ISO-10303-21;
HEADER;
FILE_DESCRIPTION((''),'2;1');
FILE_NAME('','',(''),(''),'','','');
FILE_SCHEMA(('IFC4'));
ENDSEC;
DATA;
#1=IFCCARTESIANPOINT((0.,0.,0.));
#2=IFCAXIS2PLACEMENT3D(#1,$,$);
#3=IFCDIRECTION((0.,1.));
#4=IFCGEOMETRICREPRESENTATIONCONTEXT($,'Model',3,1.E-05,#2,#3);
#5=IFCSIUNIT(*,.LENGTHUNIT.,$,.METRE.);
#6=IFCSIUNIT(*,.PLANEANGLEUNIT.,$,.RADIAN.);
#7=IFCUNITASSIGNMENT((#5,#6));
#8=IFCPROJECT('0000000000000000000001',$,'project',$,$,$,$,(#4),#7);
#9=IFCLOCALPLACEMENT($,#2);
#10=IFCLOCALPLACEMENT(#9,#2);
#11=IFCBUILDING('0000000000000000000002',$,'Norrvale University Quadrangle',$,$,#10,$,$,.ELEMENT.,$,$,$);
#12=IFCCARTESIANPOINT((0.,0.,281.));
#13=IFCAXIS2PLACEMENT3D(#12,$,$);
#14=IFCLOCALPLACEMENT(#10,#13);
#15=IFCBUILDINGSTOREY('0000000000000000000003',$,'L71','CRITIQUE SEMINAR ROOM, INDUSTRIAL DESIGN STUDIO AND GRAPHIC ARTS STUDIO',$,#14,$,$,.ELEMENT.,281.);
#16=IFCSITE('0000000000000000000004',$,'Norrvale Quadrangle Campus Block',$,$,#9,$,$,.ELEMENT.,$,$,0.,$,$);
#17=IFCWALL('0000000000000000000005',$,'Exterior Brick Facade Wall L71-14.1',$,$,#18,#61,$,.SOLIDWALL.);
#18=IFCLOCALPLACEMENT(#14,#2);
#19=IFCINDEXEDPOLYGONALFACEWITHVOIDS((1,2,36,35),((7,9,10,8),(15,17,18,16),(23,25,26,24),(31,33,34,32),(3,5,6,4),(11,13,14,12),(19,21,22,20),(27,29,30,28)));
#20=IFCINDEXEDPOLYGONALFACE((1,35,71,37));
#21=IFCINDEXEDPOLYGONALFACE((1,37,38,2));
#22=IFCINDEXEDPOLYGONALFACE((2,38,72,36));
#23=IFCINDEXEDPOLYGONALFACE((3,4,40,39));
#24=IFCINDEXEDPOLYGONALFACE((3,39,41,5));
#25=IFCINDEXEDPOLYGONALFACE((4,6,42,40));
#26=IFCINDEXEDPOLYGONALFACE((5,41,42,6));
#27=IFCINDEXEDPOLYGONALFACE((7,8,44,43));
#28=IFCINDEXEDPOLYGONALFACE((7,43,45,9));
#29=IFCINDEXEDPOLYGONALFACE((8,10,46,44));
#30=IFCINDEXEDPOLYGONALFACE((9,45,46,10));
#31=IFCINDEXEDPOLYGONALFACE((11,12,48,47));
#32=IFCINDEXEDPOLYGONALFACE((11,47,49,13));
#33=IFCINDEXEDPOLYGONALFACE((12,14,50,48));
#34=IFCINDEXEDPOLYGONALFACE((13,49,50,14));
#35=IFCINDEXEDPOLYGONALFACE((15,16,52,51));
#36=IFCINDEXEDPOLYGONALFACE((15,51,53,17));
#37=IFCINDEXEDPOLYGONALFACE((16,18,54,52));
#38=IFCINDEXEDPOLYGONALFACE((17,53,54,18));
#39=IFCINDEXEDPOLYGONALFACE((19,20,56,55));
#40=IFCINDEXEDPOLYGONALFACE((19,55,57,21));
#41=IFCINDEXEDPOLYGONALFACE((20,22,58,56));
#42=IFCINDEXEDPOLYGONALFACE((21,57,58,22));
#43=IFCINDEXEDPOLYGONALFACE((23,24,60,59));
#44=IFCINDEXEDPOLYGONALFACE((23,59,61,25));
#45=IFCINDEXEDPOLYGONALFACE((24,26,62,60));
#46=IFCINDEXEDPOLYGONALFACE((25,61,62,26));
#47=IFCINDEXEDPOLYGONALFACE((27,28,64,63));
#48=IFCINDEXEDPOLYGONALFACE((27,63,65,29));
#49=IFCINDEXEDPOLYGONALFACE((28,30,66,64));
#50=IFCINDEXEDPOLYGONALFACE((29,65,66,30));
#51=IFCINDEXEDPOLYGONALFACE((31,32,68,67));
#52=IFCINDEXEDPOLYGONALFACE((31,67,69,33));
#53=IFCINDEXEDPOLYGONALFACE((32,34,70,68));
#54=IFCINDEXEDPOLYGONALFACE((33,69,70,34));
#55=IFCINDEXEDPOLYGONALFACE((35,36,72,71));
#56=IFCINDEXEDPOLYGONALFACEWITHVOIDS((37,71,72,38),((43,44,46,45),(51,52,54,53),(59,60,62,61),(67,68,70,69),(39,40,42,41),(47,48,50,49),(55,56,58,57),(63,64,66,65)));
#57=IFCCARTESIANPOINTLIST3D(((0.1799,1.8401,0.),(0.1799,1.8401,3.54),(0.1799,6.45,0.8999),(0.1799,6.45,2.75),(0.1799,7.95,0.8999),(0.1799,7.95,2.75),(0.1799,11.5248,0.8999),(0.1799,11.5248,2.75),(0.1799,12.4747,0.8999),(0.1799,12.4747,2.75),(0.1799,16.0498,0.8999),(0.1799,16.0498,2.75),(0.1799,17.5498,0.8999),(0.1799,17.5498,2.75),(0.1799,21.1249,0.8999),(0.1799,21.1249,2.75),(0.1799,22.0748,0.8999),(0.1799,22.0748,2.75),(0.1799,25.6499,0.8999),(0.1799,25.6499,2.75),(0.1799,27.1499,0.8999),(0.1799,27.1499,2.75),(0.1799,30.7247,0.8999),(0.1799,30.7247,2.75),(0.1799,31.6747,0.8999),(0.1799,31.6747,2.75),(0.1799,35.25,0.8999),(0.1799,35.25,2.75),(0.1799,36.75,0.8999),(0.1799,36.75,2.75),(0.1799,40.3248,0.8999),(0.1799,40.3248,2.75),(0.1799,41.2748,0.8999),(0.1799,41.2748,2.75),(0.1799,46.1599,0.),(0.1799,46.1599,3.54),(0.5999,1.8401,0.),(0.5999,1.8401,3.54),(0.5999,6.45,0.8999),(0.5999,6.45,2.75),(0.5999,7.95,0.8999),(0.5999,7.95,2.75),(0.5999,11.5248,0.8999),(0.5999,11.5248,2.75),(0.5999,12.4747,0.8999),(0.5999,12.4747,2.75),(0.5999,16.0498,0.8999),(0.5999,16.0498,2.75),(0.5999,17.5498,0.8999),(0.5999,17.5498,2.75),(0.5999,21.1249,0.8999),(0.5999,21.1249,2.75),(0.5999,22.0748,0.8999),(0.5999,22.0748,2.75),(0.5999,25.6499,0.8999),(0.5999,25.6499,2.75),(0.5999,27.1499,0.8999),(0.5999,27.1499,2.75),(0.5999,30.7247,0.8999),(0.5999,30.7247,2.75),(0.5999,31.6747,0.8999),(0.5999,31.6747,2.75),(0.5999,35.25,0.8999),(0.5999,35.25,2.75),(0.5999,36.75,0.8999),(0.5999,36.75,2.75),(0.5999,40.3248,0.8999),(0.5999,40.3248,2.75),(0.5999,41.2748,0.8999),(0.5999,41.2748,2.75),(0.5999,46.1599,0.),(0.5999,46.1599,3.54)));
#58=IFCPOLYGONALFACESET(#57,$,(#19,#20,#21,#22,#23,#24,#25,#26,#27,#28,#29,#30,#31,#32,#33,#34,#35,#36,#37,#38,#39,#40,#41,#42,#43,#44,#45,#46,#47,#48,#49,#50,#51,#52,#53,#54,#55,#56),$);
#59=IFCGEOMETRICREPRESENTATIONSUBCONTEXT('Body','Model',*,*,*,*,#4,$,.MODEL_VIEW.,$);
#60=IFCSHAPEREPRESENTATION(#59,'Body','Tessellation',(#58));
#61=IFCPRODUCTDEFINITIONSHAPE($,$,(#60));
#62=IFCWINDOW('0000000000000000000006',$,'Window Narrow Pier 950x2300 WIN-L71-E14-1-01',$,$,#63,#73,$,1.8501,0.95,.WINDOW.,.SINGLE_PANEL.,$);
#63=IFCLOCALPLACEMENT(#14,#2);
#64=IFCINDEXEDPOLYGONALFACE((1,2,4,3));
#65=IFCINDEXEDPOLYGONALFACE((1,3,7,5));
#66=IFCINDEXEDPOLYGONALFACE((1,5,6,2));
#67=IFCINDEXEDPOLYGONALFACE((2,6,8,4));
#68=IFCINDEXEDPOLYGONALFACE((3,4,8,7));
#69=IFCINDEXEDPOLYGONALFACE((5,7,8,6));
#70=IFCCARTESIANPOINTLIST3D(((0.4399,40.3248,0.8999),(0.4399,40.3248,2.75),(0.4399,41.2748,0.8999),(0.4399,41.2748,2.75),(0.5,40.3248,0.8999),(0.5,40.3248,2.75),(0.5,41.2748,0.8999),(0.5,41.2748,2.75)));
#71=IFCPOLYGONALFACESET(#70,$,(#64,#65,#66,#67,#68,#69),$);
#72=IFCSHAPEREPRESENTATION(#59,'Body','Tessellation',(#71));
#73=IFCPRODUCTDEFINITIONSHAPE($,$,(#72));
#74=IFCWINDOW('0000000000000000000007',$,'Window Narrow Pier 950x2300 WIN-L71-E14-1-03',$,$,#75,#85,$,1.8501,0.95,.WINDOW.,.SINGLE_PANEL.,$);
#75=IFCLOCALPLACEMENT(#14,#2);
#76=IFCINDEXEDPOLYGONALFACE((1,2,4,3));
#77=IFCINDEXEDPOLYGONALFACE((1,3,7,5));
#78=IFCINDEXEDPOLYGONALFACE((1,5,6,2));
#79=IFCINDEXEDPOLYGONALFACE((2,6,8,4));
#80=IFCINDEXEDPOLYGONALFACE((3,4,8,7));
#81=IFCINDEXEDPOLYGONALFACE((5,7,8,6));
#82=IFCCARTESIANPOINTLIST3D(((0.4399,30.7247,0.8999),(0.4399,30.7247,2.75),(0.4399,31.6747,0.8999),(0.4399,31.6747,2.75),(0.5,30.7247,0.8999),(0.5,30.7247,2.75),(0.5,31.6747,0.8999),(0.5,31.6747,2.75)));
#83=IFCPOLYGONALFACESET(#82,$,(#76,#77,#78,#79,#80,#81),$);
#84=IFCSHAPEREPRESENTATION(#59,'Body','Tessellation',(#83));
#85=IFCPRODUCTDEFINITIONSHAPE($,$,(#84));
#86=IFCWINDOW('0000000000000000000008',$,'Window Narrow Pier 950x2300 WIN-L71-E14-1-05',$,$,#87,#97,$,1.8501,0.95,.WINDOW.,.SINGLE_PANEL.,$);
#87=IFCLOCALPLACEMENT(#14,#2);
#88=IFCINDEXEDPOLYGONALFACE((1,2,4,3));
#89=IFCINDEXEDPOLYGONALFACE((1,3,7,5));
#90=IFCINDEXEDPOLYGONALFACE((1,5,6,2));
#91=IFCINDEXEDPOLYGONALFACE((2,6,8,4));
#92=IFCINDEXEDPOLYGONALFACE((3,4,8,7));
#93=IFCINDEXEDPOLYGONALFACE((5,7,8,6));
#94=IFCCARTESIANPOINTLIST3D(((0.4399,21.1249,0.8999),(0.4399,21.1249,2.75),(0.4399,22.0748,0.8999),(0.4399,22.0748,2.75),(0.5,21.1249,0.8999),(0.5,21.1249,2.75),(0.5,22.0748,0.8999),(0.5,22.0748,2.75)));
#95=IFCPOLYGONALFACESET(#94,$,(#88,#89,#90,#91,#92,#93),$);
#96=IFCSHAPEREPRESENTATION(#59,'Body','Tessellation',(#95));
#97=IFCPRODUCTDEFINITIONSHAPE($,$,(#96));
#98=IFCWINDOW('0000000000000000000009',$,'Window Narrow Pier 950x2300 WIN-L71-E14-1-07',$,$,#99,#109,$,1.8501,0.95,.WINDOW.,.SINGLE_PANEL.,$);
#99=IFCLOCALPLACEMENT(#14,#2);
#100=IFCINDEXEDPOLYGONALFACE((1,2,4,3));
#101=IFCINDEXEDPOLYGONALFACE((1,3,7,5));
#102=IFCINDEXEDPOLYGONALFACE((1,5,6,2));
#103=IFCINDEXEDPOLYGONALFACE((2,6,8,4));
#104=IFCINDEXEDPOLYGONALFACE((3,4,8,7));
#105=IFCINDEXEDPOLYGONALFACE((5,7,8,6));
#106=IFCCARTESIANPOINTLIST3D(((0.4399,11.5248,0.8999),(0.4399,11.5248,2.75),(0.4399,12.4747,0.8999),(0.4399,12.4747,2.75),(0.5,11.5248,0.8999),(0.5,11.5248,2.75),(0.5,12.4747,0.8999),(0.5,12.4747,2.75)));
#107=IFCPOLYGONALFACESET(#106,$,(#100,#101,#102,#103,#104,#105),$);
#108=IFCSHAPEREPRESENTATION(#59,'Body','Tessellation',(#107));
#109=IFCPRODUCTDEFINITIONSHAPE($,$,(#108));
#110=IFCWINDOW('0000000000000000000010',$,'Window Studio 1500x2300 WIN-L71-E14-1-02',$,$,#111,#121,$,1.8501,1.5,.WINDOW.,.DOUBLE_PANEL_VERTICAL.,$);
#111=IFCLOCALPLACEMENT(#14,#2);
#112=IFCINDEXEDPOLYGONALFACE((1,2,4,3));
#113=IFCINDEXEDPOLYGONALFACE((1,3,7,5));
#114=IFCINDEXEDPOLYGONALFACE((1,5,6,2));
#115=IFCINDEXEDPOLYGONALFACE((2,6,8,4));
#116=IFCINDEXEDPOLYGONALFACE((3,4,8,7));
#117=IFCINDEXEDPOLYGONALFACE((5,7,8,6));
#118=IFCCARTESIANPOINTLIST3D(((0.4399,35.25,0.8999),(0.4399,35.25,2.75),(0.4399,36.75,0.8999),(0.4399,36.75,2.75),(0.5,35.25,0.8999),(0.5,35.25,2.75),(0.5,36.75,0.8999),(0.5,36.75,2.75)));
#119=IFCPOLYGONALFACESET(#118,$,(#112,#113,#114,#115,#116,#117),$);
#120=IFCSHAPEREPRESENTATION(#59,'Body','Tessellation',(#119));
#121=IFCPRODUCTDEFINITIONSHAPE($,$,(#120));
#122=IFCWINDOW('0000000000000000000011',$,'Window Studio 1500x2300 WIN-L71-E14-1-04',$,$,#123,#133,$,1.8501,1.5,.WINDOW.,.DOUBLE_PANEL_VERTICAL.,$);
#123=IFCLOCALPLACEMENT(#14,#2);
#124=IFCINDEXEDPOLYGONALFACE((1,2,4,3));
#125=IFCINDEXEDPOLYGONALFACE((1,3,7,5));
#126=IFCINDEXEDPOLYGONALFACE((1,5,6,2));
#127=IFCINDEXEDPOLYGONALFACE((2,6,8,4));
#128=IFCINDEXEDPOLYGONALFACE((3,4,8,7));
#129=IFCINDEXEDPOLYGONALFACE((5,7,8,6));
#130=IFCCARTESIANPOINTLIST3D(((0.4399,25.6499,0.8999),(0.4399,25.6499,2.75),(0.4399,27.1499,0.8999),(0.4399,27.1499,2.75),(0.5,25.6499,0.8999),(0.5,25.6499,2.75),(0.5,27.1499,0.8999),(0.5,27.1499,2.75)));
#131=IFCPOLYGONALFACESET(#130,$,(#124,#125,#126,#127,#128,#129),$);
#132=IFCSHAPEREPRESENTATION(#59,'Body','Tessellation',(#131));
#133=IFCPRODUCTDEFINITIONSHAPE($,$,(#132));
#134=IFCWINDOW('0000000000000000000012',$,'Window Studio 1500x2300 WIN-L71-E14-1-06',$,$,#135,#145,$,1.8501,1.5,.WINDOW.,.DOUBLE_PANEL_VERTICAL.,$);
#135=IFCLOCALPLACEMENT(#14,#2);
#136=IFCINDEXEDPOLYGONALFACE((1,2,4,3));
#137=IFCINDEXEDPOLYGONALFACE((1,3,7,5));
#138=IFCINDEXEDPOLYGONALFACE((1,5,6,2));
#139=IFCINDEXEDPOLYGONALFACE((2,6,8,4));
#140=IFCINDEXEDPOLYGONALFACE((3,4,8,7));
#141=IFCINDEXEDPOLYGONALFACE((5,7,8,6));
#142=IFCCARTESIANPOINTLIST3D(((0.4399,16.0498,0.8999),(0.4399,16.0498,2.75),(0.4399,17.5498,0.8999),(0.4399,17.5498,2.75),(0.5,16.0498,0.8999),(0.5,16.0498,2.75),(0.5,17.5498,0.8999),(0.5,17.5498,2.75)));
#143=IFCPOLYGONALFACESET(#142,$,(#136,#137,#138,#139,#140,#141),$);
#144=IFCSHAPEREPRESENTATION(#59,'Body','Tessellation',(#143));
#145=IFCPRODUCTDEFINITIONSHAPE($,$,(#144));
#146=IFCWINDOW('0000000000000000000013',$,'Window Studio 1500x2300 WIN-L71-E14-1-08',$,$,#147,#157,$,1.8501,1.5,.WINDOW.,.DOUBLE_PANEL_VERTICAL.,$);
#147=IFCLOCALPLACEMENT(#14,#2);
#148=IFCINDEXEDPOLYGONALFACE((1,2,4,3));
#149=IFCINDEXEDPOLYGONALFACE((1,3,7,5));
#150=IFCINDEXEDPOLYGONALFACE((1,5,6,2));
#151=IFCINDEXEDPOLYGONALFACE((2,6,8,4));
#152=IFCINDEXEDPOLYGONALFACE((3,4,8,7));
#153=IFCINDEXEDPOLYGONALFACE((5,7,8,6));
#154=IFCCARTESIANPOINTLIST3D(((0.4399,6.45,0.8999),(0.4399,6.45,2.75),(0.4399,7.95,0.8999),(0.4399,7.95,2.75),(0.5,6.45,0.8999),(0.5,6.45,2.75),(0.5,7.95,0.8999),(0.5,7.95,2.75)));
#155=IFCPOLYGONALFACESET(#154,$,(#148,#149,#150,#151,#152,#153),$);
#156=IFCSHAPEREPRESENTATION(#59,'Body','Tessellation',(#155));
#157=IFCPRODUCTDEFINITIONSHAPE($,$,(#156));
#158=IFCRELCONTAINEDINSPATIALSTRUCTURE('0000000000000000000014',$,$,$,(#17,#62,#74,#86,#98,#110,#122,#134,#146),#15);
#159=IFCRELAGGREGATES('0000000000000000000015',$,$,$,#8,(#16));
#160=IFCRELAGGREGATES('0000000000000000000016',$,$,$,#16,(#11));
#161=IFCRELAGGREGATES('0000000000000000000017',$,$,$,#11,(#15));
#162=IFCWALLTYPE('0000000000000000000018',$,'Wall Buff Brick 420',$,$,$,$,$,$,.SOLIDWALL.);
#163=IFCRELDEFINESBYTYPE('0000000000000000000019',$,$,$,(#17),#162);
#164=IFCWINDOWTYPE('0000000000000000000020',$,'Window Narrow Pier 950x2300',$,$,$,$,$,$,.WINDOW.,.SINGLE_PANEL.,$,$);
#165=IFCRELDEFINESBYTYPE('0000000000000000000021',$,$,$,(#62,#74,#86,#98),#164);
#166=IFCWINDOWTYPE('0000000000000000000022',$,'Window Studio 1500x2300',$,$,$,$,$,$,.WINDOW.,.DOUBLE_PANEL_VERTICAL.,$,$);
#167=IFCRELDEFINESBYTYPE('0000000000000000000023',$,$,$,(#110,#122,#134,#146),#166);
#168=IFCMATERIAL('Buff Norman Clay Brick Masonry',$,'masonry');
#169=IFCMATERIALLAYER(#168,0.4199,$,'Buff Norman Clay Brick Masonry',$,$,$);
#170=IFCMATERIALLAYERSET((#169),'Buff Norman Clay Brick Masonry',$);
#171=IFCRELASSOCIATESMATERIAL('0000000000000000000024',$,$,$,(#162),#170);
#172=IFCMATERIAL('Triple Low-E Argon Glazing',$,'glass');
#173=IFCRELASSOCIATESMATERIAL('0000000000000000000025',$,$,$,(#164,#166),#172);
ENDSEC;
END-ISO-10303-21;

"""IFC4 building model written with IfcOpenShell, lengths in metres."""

from ifc_helpers import new_model, si_unit, direction, frame, frame_2d, origin, place, context, subcontext, project, spatial, rectangle, extrude, material, layer, layer_set, type_object, element, fill, save


model = new_model("IFC4")

# Units and contexts
model_context = context("Model", 3, precision=1e-05, world=origin(), true_north=direction((0.0, 1.0)))
body_context = subcontext(model_context, "Body", "Model", "MODEL_VIEW")
ifc_project = project(units=[si_unit("LENGTHUNIT", "METRE"), si_unit("PLANEANGLEUNIT", "RADIAN")], contexts=[model_context])

# Site, building, storey
site_placement = place(None, origin())
site = spatial("IfcSite", under=ifc_project, at=site_placement, Name="Norrvale Quadrangle Campus Block", CompositionType="ELEMENT", RefElevation=0.0)
building_placement = place(site_placement, origin())
building = spatial("IfcBuilding", under=site, at=building_placement, Name="Norrvale University Quadrangle", CompositionType="ELEMENT")
storey_placement = place(building_placement, frame((0.0, 0.0, 281.0)))
storey = spatial("IfcBuildingStorey", under=building, at=storey_placement, Name="L71", Description="CRITIQUE SEMINAR ROOM, INDUSTRIAL DESIGN STUDIO AND GRAPHIC ARTS STUDIO", CompositionType="ELEMENT", Elevation=281.0)

# Shared definitions
ifc_material_1 = material(Name="Buff Norman Clay Brick Masonry", Category="masonry")
ifc_layer_1 = layer(ifc_material_1, 0.4199, Name="Buff Norman Clay Brick Masonry")
ifc_layer_set_1 = layer_set([ifc_layer_1], Name="Buff Norman Clay Brick Masonry")
wall_type_1 = type_object("IfcWallType", Name="Wall Buff Brick 420", PredefinedType="SOLIDWALL", material=ifc_layer_set_1)

# Wall, openings, windows
wall_1_placement = place(storey_placement, frame((0.3899, 46.1599, 0.0), z_axis=(0.0, 0.0, 1.0), x_axis=(0.0, -1.0, 0.0)))
wall_1 = element("IfcWall", 1, at=wall_1_placement, inside=storey, type_object=wall_type_1, Name="Exterior Brick Facade Wall L71-14.1", PredefinedType="SOLIDWALL", context=body_context, shape_type="SweptSolid", body=[
    extrude(rectangle(XDim=44.3198, YDim=0.4199, at=frame_2d((22.1599, 0.0))), origin(), (0.0, 0.0, 1.0), 3.54),
])
opening_1_placement = place(wall_1_placement, frame((4.885, 0.0, 0.8999)))
opening_1 = element("IfcOpeningElement", 2, at=opening_1_placement, cuts=wall_1, PredefinedType="OPENING", context=body_context, shape_type="SweptSolid", body=[
    extrude(rectangle(XDim=0.95, YDim=1.8501, at=frame_2d((0.4751, 0.925))), frame((0.0, 0.2219, 0.0), z_axis=(0.0, -1.0, 0.0), x_axis=(1.0, 0.0, 0.0)), (0.0, 0.0, 1.0), 0.4438),
])
opening_2_placement = place(wall_1_placement, frame((9.4099, 0.0, 0.8999)))
opening_2 = element("IfcOpeningElement", 3, at=opening_2_placement, cuts=wall_1, PredefinedType="OPENING", context=body_context, shape_type="SweptSolid", body=[
    extrude(rectangle(XDim=1.5, YDim=1.8501, at=frame_2d((0.75, 0.925))), frame((0.0, 0.2219, 0.0), z_axis=(0.0, -1.0, 0.0), x_axis=(1.0, 0.0, 0.0)), (0.0, 0.0, 1.0), 0.4438),
])
opening_3_placement = place(wall_1_placement, frame((14.4851, 0.0, 0.8999)))
opening_3 = element("IfcOpeningElement", 4, at=opening_3_placement, cuts=wall_1, PredefinedType="OPENING", context=body_context, shape_type="SweptSolid", body=[
    extrude(rectangle(XDim=0.95, YDim=1.8501, at=frame_2d((0.4751, 0.925))), frame((0.0, 0.2219, 0.0), z_axis=(0.0, -1.0, 0.0), x_axis=(1.0, 0.0, 0.0)), (0.0, 0.0, 1.0), 0.4438),
])
opening_4_placement = place(wall_1_placement, frame((19.01, 0.0, 0.8999)))
opening_4 = element("IfcOpeningElement", 5, at=opening_4_placement, cuts=wall_1, PredefinedType="OPENING", context=body_context, shape_type="SweptSolid", body=[
    extrude(rectangle(XDim=1.5, YDim=1.8501, at=frame_2d((0.75, 0.925))), frame((0.0, 0.2219, 0.0), z_axis=(0.0, -1.0, 0.0), x_axis=(1.0, 0.0, 0.0)), (0.0, 0.0, 1.0), 0.4438),
])
opening_5_placement = place(wall_1_placement, frame((24.085, 0.0, 0.8999)))
opening_5 = element("IfcOpeningElement", 6, at=opening_5_placement, cuts=wall_1, PredefinedType="OPENING", context=body_context, shape_type="SweptSolid", body=[
    extrude(rectangle(XDim=0.95, YDim=1.8501, at=frame_2d((0.4751, 0.925))), frame((0.0, 0.2219, 0.0), z_axis=(0.0, -1.0, 0.0), x_axis=(1.0, 0.0, 0.0)), (0.0, 0.0, 1.0), 0.4438),
])
opening_6_placement = place(wall_1_placement, frame((28.6101, 0.0, 0.8999)))
opening_6 = element("IfcOpeningElement", 7, at=opening_6_placement, cuts=wall_1, PredefinedType="OPENING", context=body_context, shape_type="SweptSolid", body=[
    extrude(rectangle(XDim=1.5, YDim=1.8501, at=frame_2d((0.75, 0.925))), frame((0.0, 0.2219, 0.0), z_axis=(0.0, -1.0, 0.0), x_axis=(1.0, 0.0, 0.0)), (0.0, 0.0, 1.0), 0.4438),
])
opening_7_placement = place(wall_1_placement, frame((33.6851, 0.0, 0.8999)))
opening_7 = element("IfcOpeningElement", 8, at=opening_7_placement, cuts=wall_1, PredefinedType="OPENING", context=body_context, shape_type="SweptSolid", body=[
    extrude(rectangle(XDim=0.95, YDim=1.8501, at=frame_2d((0.4751, 0.925))), frame((0.0, 0.2219, 0.0), z_axis=(0.0, -1.0, 0.0), x_axis=(1.0, 0.0, 0.0)), (0.0, 0.0, 1.0), 0.4438),
])
opening_8_placement = place(wall_1_placement, frame((38.21, 0.0, 0.8999)))
opening_8 = element("IfcOpeningElement", 9, at=opening_8_placement, cuts=wall_1, PredefinedType="OPENING", context=body_context, shape_type="SweptSolid", body=[
    extrude(rectangle(XDim=1.5, YDim=1.8501, at=frame_2d((0.75, 0.925))), frame((0.0, 0.2219, 0.0), z_axis=(0.0, -1.0, 0.0), x_axis=(1.0, 0.0, 0.0)), (0.0, 0.0, 1.0), 0.4438),
])
ifc_material_2 = material(Name="Triple Low-E Argon Glazing", Category="glass")
window_type_1 = type_object("IfcWindowType", Name="Window Narrow Pier 950x2300", PartitioningType="SINGLE_PANEL", PredefinedType="WINDOW", material=ifc_material_2)
window_1_placement = place(opening_1_placement, origin())
window_1 = element("IfcWindow", 10, at=window_1_placement, inside=storey, type_object=window_type_1, Name="Window Narrow Pier 950x2300 WIN-L71-E14-1-01", OverallHeight=1.8501, OverallWidth=0.95, PartitioningType="SINGLE_PANEL", PredefinedType="WINDOW", context=body_context, shape_type="SweptSolid", body=[
    extrude(rectangle(XDim=0.95, YDim=1.8501, at=frame_2d((0.4751, 0.925))), frame((0.0, 0.1101, 0.0), z_axis=(0.0, -1.0, 0.0), x_axis=(1.0, 0.0, 0.0)), (0.0, 0.0, 1.0), 0.0601),
])
fill(opening_1, window_1)
window_2_placement = place(opening_3_placement, origin())
window_2 = element("IfcWindow", 11, at=window_2_placement, inside=storey, type_object=window_type_1, Name="Window Narrow Pier 950x2300 WIN-L71-E14-1-03", OverallHeight=1.8501, OverallWidth=0.95, PartitioningType="SINGLE_PANEL", PredefinedType="WINDOW", context=body_context, shape_type="SweptSolid", body=[
    extrude(rectangle(XDim=0.95, YDim=1.8501, at=frame_2d((0.4751, 0.925))), frame((0.0, 0.1101, 0.0), z_axis=(0.0, -1.0, 0.0), x_axis=(1.0, 0.0, 0.0)), (0.0, 0.0, 1.0), 0.0601),
])
fill(opening_3, window_2)
window_3_placement = place(opening_5_placement, origin())
window_3 = element("IfcWindow", 12, at=window_3_placement, inside=storey, type_object=window_type_1, Name="Window Narrow Pier 950x2300 WIN-L71-E14-1-05", OverallHeight=1.8501, OverallWidth=0.95, PartitioningType="SINGLE_PANEL", PredefinedType="WINDOW", context=body_context, shape_type="SweptSolid", body=[
    extrude(rectangle(XDim=0.95, YDim=1.8501, at=frame_2d((0.4751, 0.925))), frame((0.0, 0.1101, 0.0), z_axis=(0.0, -1.0, 0.0), x_axis=(1.0, 0.0, 0.0)), (0.0, 0.0, 1.0), 0.0601),
])
fill(opening_5, window_3)
window_4_placement = place(opening_7_placement, origin())
window_4 = element("IfcWindow", 13, at=window_4_placement, inside=storey, type_object=window_type_1, Name="Window Narrow Pier 950x2300 WIN-L71-E14-1-07", OverallHeight=1.8501, OverallWidth=0.95, PartitioningType="SINGLE_PANEL", PredefinedType="WINDOW", context=body_context, shape_type="SweptSolid", body=[
    extrude(rectangle(XDim=0.95, YDim=1.8501, at=frame_2d((0.4751, 0.925))), frame((0.0, 0.1101, 0.0), z_axis=(0.0, -1.0, 0.0), x_axis=(1.0, 0.0, 0.0)), (0.0, 0.0, 1.0), 0.0601),
])
fill(opening_7, window_4)
window_type_2 = type_object("IfcWindowType", Name="Window Studio 1500x2300", PartitioningType="DOUBLE_PANEL_VERTICAL", PredefinedType="WINDOW", material=ifc_material_2)
window_5_placement = place(opening_2_placement, origin())
window_5 = element("IfcWindow", 14, at=window_5_placement, inside=storey, type_object=window_type_2, Name="Window Studio 1500x2300 WIN-L71-E14-1-02", OverallHeight=1.8501, OverallWidth=1.5, PartitioningType="DOUBLE_PANEL_VERTICAL", PredefinedType="WINDOW", context=body_context, shape_type="SweptSolid", body=[
    extrude(rectangle(XDim=1.5, YDim=1.8501, at=frame_2d((0.75, 0.925))), frame((0.0, 0.1101, 0.0), z_axis=(0.0, -1.0, 0.0), x_axis=(1.0, 0.0, 0.0)), (0.0, 0.0, 1.0), 0.0601),
])
fill(opening_2, window_5)
window_6_placement = place(opening_4_placement, origin())
window_6 = element("IfcWindow", 15, at=window_6_placement, inside=storey, type_object=window_type_2, Name="Window Studio 1500x2300 WIN-L71-E14-1-04", OverallHeight=1.8501, OverallWidth=1.5, PartitioningType="DOUBLE_PANEL_VERTICAL", PredefinedType="WINDOW", context=body_context, shape_type="SweptSolid", body=[
    extrude(rectangle(XDim=1.5, YDim=1.8501, at=frame_2d((0.75, 0.925))), frame((0.0, 0.1101, 0.0), z_axis=(0.0, -1.0, 0.0), x_axis=(1.0, 0.0, 0.0)), (0.0, 0.0, 1.0), 0.0601),
])
fill(opening_4, window_6)
window_7_placement = place(opening_6_placement, origin())
window_7 = element("IfcWindow", 16, at=window_7_placement, inside=storey, type_object=window_type_2, Name="Window Studio 1500x2300 WIN-L71-E14-1-06", OverallHeight=1.8501, OverallWidth=1.5, PartitioningType="DOUBLE_PANEL_VERTICAL", PredefinedType="WINDOW", context=body_context, shape_type="SweptSolid", body=[
    extrude(rectangle(XDim=1.5, YDim=1.8501, at=frame_2d((0.75, 0.925))), frame((0.0, 0.1101, 0.0), z_axis=(0.0, -1.0, 0.0), x_axis=(1.0, 0.0, 0.0)), (0.0, 0.0, 1.0), 0.0601),
])
fill(opening_6, window_7)
window_8_placement = place(opening_8_placement, origin())
window_8 = element("IfcWindow", 17, at=window_8_placement, inside=storey, type_object=window_type_2, Name="Window Studio 1500x2300 WIN-L71-E14-1-08", OverallHeight=1.8501, OverallWidth=1.5, PartitioningType="DOUBLE_PANEL_VERTICAL", PredefinedType="WINDOW", context=body_context, shape_type="SweptSolid", body=[
    extrude(rectangle(XDim=1.5, YDim=1.8501, at=frame_2d((0.75, 0.925))), frame((0.0, 0.1101, 0.0), z_axis=(0.0, -1.0, 0.0), x_axis=(1.0, 0.0, 0.0)), (0.0, 0.0, 1.0), 0.0601),
])
fill(opening_8, window_8)

save(model, "model.ifc")
